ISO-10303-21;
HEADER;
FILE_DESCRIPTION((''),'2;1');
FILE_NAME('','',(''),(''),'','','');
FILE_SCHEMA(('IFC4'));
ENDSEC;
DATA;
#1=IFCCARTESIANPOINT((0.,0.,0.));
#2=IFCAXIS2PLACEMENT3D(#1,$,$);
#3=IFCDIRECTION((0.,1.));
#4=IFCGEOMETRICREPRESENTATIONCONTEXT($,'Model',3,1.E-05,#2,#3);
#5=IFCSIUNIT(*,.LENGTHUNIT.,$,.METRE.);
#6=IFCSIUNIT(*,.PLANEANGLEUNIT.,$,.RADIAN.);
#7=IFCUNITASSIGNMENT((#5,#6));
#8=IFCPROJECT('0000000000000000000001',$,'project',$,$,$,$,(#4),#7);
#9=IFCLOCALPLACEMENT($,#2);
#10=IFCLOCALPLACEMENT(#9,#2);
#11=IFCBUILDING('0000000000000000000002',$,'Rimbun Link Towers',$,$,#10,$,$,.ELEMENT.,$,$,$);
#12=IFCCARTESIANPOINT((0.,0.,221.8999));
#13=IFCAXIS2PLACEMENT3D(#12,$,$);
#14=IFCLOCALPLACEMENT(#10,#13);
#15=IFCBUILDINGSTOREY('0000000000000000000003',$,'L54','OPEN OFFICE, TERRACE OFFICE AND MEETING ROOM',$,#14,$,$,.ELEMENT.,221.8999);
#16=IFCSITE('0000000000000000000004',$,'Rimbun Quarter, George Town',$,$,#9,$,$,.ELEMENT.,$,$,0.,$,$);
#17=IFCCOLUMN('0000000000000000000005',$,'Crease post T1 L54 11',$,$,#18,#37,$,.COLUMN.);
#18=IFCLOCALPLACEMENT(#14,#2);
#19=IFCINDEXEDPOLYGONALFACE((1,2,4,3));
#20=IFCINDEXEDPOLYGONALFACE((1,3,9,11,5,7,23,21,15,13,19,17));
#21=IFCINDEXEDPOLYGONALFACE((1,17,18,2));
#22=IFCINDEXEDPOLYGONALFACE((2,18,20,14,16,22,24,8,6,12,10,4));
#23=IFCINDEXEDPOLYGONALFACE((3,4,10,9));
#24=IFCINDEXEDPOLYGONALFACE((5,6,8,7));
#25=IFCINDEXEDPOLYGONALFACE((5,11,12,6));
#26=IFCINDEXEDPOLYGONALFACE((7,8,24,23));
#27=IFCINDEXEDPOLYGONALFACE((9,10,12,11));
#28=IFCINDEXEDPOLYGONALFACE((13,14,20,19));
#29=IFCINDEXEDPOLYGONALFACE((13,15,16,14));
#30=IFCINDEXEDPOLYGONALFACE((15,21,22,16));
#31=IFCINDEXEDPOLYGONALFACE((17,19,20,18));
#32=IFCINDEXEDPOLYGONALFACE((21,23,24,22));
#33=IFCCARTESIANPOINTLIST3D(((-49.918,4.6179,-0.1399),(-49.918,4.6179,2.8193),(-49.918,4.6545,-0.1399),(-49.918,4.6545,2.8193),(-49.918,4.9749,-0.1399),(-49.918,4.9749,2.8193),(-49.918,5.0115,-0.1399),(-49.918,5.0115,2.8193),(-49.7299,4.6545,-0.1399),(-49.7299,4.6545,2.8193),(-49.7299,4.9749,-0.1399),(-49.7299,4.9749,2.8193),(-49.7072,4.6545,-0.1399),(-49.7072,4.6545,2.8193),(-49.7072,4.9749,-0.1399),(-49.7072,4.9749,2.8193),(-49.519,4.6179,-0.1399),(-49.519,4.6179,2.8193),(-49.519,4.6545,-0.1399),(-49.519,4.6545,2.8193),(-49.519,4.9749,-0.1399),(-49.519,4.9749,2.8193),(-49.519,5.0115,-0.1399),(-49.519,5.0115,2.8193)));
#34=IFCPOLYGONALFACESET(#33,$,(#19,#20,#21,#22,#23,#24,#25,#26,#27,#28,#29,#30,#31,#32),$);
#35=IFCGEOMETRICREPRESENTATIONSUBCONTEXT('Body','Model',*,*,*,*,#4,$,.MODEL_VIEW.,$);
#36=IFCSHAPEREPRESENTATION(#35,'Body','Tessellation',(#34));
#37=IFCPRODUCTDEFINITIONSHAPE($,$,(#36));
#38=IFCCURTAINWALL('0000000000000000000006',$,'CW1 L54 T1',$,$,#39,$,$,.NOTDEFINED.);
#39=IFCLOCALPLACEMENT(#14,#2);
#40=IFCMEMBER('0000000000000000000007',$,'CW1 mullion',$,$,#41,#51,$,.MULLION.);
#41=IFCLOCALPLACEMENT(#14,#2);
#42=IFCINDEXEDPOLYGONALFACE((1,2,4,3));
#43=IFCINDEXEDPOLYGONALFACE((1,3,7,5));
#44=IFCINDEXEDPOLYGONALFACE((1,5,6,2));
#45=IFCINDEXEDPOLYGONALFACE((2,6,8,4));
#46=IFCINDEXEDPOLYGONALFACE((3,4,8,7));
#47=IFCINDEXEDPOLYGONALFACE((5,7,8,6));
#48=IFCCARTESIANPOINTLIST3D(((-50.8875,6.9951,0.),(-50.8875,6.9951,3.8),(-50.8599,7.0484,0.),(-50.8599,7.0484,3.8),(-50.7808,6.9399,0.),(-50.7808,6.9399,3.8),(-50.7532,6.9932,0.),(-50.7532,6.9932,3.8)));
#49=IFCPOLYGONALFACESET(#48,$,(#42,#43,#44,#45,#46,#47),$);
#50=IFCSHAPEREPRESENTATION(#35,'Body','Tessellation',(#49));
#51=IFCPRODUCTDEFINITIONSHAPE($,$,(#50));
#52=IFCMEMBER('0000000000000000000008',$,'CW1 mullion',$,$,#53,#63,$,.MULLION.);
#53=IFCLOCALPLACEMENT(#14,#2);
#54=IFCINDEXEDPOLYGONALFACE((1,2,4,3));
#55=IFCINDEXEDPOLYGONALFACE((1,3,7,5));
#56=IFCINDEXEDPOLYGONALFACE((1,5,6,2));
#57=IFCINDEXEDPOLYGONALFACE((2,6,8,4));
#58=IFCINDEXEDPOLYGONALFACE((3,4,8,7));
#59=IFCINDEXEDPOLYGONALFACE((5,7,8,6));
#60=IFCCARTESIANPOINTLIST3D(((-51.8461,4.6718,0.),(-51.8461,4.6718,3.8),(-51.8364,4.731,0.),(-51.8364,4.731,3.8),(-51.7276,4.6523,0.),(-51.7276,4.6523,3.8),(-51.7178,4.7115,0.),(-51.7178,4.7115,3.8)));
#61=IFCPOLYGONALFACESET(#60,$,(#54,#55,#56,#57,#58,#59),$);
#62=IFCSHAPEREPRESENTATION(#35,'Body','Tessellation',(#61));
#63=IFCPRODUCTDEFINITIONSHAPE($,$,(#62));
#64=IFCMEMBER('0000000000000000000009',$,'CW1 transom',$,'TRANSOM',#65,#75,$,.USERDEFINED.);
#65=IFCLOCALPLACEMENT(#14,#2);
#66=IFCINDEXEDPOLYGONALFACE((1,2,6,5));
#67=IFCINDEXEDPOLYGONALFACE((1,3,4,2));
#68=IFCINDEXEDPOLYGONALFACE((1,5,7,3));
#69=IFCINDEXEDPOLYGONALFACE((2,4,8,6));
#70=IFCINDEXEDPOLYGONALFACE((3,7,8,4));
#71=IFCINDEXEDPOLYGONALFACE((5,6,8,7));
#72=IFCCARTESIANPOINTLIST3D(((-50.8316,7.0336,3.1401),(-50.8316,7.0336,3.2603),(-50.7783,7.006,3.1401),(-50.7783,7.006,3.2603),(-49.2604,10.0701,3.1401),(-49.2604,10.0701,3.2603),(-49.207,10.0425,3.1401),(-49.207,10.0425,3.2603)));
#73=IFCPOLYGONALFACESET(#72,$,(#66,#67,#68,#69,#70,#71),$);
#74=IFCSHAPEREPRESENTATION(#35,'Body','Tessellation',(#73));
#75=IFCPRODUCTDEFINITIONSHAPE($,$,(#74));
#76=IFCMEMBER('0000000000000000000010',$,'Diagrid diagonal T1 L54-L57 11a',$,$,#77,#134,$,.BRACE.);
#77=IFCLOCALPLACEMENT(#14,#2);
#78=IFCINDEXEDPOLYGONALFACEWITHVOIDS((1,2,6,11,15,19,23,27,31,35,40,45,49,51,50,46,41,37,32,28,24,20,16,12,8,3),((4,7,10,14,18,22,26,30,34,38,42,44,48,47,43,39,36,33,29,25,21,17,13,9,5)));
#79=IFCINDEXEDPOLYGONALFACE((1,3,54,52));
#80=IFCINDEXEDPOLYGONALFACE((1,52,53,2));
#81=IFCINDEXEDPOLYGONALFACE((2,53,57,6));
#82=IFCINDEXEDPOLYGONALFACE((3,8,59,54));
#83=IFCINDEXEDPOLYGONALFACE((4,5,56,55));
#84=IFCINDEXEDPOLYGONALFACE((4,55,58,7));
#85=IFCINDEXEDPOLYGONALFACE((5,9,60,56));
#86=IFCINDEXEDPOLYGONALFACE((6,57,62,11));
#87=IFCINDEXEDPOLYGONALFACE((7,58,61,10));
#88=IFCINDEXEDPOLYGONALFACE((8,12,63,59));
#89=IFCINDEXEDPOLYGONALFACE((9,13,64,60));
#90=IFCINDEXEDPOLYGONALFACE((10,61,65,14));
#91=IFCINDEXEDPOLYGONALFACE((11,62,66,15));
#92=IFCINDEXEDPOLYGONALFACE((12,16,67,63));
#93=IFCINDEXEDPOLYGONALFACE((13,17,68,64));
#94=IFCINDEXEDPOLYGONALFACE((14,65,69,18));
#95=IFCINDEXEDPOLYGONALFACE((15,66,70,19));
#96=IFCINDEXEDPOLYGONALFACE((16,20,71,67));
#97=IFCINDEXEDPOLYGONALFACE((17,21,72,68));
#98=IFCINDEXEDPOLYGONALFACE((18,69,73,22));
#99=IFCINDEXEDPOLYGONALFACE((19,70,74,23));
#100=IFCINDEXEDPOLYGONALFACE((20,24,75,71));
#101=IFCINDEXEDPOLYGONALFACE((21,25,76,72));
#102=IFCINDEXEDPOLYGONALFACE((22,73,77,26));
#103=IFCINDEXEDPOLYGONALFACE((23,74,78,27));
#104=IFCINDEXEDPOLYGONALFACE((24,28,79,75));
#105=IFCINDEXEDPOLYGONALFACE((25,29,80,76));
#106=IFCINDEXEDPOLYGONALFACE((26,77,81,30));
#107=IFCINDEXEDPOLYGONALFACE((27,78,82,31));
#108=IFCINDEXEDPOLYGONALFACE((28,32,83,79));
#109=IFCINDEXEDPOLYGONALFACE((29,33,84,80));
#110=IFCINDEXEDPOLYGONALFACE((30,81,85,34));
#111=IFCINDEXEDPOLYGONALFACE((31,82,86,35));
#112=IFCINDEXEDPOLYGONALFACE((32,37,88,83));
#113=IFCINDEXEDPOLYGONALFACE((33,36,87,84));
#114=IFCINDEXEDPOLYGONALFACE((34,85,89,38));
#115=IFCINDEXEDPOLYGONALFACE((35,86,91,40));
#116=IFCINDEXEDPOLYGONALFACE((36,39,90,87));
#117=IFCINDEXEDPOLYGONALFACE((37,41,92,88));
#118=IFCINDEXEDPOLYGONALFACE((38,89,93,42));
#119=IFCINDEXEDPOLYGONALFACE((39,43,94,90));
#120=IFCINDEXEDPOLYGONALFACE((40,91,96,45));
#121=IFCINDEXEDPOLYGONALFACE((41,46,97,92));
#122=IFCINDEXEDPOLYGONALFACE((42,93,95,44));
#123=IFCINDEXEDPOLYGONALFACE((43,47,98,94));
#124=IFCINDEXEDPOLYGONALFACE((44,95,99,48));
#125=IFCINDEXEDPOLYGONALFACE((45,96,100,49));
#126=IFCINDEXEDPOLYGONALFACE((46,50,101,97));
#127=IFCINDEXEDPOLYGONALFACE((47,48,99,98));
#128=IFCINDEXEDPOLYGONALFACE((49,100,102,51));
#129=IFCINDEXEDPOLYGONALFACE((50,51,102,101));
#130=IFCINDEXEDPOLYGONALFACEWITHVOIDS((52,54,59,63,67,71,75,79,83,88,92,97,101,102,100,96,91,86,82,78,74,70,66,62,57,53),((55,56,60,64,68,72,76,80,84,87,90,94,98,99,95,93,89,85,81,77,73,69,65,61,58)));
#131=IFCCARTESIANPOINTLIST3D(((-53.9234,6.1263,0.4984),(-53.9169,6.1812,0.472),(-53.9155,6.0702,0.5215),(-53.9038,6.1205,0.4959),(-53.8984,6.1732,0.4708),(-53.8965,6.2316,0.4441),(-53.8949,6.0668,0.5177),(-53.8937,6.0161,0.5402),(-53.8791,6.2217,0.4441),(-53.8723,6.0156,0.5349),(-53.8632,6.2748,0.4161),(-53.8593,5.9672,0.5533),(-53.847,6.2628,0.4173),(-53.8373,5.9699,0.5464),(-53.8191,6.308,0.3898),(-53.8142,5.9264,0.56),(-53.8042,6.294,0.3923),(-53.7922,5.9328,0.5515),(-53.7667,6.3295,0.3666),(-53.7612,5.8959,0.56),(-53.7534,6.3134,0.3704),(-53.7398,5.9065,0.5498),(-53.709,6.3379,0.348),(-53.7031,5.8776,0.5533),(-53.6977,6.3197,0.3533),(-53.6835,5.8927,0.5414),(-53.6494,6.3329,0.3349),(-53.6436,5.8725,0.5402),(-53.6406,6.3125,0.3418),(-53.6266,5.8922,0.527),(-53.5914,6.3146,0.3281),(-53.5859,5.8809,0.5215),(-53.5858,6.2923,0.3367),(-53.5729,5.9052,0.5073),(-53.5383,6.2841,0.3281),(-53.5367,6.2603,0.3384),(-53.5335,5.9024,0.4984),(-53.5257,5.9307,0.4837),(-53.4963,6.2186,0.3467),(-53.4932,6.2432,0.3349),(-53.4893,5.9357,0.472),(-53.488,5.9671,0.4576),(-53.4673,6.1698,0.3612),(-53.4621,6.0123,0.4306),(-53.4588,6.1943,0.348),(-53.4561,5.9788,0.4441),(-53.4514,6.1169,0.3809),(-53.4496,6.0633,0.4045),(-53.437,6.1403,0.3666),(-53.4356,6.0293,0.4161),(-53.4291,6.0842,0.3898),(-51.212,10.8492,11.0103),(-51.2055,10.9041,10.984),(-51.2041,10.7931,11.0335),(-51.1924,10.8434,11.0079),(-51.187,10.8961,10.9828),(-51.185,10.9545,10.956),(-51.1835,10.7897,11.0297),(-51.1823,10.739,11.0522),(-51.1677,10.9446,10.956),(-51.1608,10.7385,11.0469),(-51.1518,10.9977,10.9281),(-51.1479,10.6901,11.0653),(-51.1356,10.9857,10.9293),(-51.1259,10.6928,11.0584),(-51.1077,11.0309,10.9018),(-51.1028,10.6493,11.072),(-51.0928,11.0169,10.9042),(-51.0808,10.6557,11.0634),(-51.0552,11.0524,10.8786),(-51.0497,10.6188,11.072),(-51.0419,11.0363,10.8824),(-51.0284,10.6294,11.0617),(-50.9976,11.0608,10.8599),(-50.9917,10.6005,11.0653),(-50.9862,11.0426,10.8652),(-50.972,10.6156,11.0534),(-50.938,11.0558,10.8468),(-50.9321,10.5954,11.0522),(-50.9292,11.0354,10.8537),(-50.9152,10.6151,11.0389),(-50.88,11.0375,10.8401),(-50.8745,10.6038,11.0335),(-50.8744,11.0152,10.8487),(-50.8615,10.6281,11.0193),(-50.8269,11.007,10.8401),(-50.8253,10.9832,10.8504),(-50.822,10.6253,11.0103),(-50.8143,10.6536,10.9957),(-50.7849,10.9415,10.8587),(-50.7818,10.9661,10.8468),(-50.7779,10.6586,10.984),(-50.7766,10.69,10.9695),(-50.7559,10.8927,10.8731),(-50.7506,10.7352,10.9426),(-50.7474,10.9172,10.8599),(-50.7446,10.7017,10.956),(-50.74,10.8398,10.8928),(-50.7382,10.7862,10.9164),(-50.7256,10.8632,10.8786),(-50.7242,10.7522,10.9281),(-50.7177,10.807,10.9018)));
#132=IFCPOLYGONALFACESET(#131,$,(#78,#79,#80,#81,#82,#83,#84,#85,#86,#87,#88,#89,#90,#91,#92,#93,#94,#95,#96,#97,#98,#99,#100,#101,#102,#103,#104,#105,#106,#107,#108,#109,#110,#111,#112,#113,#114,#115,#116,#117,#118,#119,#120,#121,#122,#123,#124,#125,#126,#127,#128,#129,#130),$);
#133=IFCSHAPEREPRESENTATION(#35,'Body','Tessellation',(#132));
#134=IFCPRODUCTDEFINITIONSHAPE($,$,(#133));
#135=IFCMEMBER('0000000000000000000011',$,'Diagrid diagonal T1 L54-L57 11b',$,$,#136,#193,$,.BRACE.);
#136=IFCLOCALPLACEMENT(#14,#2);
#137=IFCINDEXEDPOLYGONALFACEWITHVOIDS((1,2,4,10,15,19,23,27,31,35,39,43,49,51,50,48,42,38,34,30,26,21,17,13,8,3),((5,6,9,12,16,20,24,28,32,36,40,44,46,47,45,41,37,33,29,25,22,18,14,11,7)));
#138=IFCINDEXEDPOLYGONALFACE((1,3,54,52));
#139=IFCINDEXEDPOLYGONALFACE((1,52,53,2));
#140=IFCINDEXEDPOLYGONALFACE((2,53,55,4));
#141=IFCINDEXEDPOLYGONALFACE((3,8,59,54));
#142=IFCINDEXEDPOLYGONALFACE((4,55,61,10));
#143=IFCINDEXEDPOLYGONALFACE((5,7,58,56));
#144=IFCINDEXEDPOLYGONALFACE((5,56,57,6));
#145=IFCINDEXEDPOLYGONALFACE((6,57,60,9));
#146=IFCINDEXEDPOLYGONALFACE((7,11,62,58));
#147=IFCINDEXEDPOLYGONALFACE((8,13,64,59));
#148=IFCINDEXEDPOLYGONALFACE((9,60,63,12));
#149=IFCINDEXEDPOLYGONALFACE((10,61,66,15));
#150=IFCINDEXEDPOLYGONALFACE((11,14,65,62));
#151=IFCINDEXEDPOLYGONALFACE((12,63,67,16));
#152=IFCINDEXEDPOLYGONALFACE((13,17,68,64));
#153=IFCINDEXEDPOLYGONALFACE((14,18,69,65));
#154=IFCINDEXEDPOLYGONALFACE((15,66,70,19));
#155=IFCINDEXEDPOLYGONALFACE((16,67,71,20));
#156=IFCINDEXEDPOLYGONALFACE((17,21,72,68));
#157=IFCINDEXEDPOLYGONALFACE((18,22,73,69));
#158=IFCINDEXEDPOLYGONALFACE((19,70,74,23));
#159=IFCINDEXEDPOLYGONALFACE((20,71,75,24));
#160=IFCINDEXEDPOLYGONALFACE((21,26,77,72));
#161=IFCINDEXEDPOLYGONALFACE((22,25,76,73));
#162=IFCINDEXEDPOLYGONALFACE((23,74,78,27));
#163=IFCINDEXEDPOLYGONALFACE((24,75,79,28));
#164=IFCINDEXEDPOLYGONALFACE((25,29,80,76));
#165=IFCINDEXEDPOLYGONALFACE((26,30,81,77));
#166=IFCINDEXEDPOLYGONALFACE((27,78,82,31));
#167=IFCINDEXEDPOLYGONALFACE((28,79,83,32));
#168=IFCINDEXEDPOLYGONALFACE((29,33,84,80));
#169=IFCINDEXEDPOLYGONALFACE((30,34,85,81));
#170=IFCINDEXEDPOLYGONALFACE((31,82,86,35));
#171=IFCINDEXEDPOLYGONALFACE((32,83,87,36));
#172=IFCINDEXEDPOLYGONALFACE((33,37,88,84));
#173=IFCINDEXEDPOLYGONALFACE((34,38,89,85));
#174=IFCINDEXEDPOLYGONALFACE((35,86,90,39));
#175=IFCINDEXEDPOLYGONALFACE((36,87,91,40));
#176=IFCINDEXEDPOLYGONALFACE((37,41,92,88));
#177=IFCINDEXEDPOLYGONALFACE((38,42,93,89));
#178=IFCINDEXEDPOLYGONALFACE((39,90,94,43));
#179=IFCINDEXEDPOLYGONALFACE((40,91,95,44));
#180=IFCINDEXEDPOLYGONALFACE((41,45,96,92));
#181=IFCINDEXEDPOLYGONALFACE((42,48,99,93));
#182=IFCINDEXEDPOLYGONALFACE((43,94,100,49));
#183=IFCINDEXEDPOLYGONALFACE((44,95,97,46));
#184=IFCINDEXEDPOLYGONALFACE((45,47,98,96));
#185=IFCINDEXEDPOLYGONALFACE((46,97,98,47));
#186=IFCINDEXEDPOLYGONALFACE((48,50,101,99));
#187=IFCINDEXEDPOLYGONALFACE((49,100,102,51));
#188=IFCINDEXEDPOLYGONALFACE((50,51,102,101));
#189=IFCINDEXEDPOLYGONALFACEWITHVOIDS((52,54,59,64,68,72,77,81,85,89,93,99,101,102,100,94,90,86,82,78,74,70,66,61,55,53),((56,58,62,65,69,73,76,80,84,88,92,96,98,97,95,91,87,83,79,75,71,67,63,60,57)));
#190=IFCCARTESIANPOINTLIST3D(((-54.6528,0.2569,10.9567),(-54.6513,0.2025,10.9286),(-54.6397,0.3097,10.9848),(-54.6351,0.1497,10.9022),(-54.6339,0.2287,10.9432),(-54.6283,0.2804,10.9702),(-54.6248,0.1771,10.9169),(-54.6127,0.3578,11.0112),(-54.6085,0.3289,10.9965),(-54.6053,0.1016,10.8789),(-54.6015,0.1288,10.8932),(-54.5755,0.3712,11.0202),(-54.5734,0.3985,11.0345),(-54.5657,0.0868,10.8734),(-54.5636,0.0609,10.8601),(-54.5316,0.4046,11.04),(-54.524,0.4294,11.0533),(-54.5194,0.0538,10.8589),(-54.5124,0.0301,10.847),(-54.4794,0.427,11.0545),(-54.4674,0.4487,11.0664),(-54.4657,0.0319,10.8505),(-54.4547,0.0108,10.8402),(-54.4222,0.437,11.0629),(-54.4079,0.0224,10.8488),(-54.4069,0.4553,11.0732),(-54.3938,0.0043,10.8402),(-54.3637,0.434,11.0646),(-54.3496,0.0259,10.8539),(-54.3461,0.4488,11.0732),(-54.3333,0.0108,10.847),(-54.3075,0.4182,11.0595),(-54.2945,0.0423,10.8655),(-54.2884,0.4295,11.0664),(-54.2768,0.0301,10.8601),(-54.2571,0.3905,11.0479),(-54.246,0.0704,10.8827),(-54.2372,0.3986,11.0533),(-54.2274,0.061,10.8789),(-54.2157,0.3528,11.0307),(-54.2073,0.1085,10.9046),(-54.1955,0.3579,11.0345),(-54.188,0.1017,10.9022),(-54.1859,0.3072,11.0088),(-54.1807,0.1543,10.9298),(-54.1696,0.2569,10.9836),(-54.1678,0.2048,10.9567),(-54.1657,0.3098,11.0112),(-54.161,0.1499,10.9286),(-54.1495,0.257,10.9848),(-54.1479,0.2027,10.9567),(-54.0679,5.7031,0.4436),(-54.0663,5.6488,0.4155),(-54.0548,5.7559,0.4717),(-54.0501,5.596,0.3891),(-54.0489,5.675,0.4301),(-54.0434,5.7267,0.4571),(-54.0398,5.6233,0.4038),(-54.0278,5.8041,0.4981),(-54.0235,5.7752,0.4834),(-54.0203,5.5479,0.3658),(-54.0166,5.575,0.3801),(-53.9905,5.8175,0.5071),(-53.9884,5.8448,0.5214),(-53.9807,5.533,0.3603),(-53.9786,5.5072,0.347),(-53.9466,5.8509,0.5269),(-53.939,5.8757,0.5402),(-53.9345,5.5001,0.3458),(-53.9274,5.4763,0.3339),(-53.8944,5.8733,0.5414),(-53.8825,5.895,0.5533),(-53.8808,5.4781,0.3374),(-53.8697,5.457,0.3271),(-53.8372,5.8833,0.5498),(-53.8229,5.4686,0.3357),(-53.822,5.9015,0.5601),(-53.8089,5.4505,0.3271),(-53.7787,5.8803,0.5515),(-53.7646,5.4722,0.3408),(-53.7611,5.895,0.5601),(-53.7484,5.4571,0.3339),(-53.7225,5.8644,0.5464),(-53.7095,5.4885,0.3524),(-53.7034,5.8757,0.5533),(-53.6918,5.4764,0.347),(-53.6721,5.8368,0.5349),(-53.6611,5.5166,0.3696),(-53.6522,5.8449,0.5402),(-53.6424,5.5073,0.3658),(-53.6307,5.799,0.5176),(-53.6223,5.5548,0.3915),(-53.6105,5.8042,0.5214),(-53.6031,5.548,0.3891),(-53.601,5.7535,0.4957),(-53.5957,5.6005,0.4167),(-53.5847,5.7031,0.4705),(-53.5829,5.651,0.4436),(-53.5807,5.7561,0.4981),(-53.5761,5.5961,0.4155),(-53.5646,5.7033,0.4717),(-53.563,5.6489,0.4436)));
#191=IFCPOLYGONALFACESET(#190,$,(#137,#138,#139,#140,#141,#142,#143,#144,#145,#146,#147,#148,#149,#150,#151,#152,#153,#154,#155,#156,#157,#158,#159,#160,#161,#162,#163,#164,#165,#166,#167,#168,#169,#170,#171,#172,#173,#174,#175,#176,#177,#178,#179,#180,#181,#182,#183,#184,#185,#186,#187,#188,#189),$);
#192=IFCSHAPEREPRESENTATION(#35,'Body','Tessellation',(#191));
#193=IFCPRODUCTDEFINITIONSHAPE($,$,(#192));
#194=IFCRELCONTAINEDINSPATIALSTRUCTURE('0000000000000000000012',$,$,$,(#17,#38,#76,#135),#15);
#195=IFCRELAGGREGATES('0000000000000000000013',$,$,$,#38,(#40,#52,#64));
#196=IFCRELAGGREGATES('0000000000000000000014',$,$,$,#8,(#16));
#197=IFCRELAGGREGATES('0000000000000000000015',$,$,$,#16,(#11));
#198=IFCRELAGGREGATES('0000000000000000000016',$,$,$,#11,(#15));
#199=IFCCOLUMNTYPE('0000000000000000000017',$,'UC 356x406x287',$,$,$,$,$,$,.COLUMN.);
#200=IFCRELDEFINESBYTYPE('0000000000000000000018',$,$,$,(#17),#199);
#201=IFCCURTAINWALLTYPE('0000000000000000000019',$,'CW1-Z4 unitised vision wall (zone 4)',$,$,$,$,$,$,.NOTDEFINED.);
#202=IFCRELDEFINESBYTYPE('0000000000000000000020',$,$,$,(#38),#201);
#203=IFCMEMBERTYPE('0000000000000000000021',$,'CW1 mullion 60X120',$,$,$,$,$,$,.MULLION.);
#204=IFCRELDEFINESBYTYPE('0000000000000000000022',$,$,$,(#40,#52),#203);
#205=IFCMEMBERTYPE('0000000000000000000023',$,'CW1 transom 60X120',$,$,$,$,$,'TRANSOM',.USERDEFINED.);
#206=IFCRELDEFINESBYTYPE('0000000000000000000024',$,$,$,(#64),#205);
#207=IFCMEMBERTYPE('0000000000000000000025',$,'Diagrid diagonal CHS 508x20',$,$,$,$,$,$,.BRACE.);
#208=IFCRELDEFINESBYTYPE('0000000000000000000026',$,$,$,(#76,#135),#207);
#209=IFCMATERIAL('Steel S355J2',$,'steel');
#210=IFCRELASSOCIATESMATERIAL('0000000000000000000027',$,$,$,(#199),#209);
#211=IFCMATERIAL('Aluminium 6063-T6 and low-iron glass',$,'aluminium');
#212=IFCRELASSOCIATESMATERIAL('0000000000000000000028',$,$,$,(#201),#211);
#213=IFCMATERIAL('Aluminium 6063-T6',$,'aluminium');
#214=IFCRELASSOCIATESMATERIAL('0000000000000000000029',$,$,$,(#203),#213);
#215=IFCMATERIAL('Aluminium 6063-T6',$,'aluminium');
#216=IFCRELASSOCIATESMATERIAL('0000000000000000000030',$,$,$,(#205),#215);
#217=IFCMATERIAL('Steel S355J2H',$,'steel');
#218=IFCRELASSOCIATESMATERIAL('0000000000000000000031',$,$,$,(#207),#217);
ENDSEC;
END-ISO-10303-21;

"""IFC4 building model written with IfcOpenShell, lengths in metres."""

from ifc_helpers import new_model, si_unit, direction, frame, origin, origin_2d, place, context, subcontext, project, spatial, rectangle, hollow_circle, i_section, extrude, material, material_profile, profile_set, type_object, element, aggregate, save


model = new_model("IFC4")

# Units and contexts
model_context = context("Model", 3, precision=1e-05, world=origin(), true_north=direction((0.0, 1.0)))
body_context = subcontext(model_context, "Body", "Model", "MODEL_VIEW")
ifc_project = project(units=[si_unit("LENGTHUNIT", "METRE"), si_unit("PLANEANGLEUNIT", "RADIAN")], contexts=[model_context])

# Site, building, storey
site_placement = place(None, origin())
site = spatial("IfcSite", under=ifc_project, at=site_placement, Name="Rimbun Quarter, George Town", CompositionType="ELEMENT", RefElevation=0.0)
building_placement = place(site_placement, origin())
building = spatial("IfcBuilding", under=site, at=building_placement, Name="Rimbun Link Towers", CompositionType="ELEMENT")
storey_placement = place(building_placement, frame((0.0, 0.0, 221.8999)))
storey = spatial("IfcBuildingStorey", under=building, at=storey_placement, Name="L54", Description="OPEN OFFICE, TERRACE OFFICE AND MEETING ROOM", CompositionType="ELEMENT", Elevation=221.8999)

# Column
ifc_material_1 = material(Name="Steel S355J2", Category="steel")
ifc_material_profile_1 = material_profile(ifc_material_1, i_section(OverallWidth=0.3989, OverallDepth=0.3936, WebThickness=0.0227, FlangeThickness=0.0366, at=origin_2d()), Name="UC 356x406x287")
ifc_profile_set_1 = profile_set([ifc_material_profile_1], Name="Steel S355J2")
column_type = type_object("IfcColumnType", Name="UC 356x406x287", PredefinedType="COLUMN", material=ifc_profile_set_1)
column_placement = place(storey_placement, frame((-49.7185, 4.8147, -0.1399), z_axis=(0.0, 0.0, 1.0), x_axis=(1.0, 0.0, 0.0)))
element("IfcColumn", 1, at=column_placement, inside=storey, type_object=column_type, Name="Crease post T1 L54 11", PredefinedType="COLUMN", context=body_context, shape_type="SweptSolid", body=[
    extrude(i_section(OverallWidth=0.3989, OverallDepth=0.3936, WebThickness=0.0227, FlangeThickness=0.0366, at=origin_2d()), origin(), (0.0, 0.0, 1.0), 2.9592),
])

# Curtain wall, members
ifc_material_2 = material(Name="Aluminium 6063-T6 and low-iron glass", Category="aluminium")
curtain_wall_type = type_object("IfcCurtainWallType", Name="CW1-Z4 unitised vision wall (zone 4)", PredefinedType="NOTDEFINED", material=ifc_material_2)
curtain_wall_placement = place(storey_placement, origin())
curtain_wall = element("IfcCurtainWall", 2, at=curtain_wall_placement, inside=storey, type_object=curtain_wall_type, Name="CW1 L54 T1", PredefinedType="NOTDEFINED")
ifc_material_3 = material(Name="Aluminium 6063-T6", Category="aluminium")
ifc_material_profile_2 = material_profile(ifc_material_3, rectangle(XDim=0.1201, YDim=0.0601, at=origin_2d()), Name="MULLION 60X120")
ifc_profile_set_2 = profile_set([ifc_material_profile_2], Name="Aluminium 6063-T6")
member_type_1 = type_object("IfcMemberType", Name="CW1 mullion 60X120", PredefinedType="MULLION", material=ifc_profile_set_2)
member_1_placement = place(storey_placement, frame((-50.8203, 6.9941, 0.0), z_axis=(0.0, 0.0, 1.0), x_axis=(-0.888153, 0.459548, 0.0)))
member_1 = element("IfcMember", 3, at=member_1_placement, type_object=member_type_1, Name="CW1 mullion", PredefinedType="MULLION", context=body_context, shape_type="SweptSolid", body=[
    extrude(rectangle(XDim=0.1201, YDim=0.0601, at=origin_2d()), origin(), (0.0, 0.0, 1.0), 3.8),
])
member_2_placement = place(storey_placement, frame((-51.782, 4.6917, 0.0), z_axis=(0.0, 0.0, 1.0), x_axis=(-0.986747, 0.162264, 0.0)))
member_2 = element("IfcMember", 4, at=member_2_placement, type_object=member_type_1, Name="CW1 mullion", PredefinedType="MULLION", context=body_context, shape_type="SweptSolid", body=[
    extrude(rectangle(XDim=0.1201, YDim=0.0601, at=origin_2d()), origin(), (0.0, 0.0, 1.0), 3.8),
])
ifc_material_4 = material(Name="Aluminium 6063-T6", Category="aluminium")
ifc_material_profile_3 = material_profile(ifc_material_4, rectangle(XDim=0.0601, YDim=0.1201, at=origin_2d()), Name="TRANSOM 60X120")
ifc_profile_set_3 = profile_set([ifc_material_profile_3], Name="Aluminium 6063-T6")
member_type_2 = type_object("IfcMemberType", Name="CW1 transom 60X120", ElementType="TRANSOM", PredefinedType="USERDEFINED", material=ifc_profile_set_3)
member_3_placement = place(storey_placement, frame((-50.8049, 7.0198, 3.2002), z_axis=(0.459567, 0.888143, 0.0), x_axis=(-0.888143, 0.459567, 0.0)))
member_3 = element("IfcMember", 5, at=member_3_placement, type_object=member_type_2, Name="CW1 transom", ObjectType="TRANSOM", PredefinedType="USERDEFINED", context=body_context, shape_type="SweptSolid", body=[
    extrude(rectangle(XDim=0.0601, YDim=0.1201, at=origin_2d()), origin(), (0.0, 0.0, 1.0), 3.4189),
])

# Members
ifc_material_5 = material(Name="Steel S355J2H", Category="steel")
ifc_material_profile_4 = material_profile(ifc_material_5, hollow_circle(Radius=0.2539, WallThickness=0.02, at=origin_2d()), Name="Diagrid diagonal CHS 508x20")
ifc_profile_set_4 = profile_set([ifc_material_profile_4], Name="Steel S355J2H")
member_type_3 = type_object("IfcMemberType", Name="Diagrid diagonal CHS 508x20", PredefinedType="BRACE", material=ifc_profile_set_4)
member_4_placement = place(storey_placement, frame((-53.6763, 6.1052, 0.4441), z_axis=(0.229027, 0.398931, 0.887919), x_axis=(-0.867243, 0.497886, 0.0)))
element("IfcMember", 6, at=member_4_placement, inside=storey, type_object=member_type_3, Name="Diagrid diagonal T1 L54-L57 11a", PredefinedType="BRACE", context=body_context, shape_type="SweptSolid", body=[
    extrude(hollow_circle(Radius=0.2539, WallThickness=0.02, at=origin_2d()), origin(), (0.0, 0.0, 1.0), 11.8389),
])
member_5_placement = place(storey_placement, frame((-53.8154, 5.676, 0.4436), z_axis=(-0.049345, -0.459425, 0.886845), x_axis=(0.994281, -0.106791, 0.0)))
element("IfcMember", 7, at=member_5_placement, inside=storey, type_object=member_type_3, Name="Diagrid diagonal T1 L54-L57 11b", PredefinedType="BRACE", context=body_context, shape_type="SweptSolid", body=[
    extrude(hollow_circle(Radius=0.2539, WallThickness=0.02, at=origin_2d()), origin(), (0.0, 0.0, 1.0), 11.8545),
])

aggregate(curtain_wall, [member_1, member_2, member_3])

save(model, "model.ifc")
